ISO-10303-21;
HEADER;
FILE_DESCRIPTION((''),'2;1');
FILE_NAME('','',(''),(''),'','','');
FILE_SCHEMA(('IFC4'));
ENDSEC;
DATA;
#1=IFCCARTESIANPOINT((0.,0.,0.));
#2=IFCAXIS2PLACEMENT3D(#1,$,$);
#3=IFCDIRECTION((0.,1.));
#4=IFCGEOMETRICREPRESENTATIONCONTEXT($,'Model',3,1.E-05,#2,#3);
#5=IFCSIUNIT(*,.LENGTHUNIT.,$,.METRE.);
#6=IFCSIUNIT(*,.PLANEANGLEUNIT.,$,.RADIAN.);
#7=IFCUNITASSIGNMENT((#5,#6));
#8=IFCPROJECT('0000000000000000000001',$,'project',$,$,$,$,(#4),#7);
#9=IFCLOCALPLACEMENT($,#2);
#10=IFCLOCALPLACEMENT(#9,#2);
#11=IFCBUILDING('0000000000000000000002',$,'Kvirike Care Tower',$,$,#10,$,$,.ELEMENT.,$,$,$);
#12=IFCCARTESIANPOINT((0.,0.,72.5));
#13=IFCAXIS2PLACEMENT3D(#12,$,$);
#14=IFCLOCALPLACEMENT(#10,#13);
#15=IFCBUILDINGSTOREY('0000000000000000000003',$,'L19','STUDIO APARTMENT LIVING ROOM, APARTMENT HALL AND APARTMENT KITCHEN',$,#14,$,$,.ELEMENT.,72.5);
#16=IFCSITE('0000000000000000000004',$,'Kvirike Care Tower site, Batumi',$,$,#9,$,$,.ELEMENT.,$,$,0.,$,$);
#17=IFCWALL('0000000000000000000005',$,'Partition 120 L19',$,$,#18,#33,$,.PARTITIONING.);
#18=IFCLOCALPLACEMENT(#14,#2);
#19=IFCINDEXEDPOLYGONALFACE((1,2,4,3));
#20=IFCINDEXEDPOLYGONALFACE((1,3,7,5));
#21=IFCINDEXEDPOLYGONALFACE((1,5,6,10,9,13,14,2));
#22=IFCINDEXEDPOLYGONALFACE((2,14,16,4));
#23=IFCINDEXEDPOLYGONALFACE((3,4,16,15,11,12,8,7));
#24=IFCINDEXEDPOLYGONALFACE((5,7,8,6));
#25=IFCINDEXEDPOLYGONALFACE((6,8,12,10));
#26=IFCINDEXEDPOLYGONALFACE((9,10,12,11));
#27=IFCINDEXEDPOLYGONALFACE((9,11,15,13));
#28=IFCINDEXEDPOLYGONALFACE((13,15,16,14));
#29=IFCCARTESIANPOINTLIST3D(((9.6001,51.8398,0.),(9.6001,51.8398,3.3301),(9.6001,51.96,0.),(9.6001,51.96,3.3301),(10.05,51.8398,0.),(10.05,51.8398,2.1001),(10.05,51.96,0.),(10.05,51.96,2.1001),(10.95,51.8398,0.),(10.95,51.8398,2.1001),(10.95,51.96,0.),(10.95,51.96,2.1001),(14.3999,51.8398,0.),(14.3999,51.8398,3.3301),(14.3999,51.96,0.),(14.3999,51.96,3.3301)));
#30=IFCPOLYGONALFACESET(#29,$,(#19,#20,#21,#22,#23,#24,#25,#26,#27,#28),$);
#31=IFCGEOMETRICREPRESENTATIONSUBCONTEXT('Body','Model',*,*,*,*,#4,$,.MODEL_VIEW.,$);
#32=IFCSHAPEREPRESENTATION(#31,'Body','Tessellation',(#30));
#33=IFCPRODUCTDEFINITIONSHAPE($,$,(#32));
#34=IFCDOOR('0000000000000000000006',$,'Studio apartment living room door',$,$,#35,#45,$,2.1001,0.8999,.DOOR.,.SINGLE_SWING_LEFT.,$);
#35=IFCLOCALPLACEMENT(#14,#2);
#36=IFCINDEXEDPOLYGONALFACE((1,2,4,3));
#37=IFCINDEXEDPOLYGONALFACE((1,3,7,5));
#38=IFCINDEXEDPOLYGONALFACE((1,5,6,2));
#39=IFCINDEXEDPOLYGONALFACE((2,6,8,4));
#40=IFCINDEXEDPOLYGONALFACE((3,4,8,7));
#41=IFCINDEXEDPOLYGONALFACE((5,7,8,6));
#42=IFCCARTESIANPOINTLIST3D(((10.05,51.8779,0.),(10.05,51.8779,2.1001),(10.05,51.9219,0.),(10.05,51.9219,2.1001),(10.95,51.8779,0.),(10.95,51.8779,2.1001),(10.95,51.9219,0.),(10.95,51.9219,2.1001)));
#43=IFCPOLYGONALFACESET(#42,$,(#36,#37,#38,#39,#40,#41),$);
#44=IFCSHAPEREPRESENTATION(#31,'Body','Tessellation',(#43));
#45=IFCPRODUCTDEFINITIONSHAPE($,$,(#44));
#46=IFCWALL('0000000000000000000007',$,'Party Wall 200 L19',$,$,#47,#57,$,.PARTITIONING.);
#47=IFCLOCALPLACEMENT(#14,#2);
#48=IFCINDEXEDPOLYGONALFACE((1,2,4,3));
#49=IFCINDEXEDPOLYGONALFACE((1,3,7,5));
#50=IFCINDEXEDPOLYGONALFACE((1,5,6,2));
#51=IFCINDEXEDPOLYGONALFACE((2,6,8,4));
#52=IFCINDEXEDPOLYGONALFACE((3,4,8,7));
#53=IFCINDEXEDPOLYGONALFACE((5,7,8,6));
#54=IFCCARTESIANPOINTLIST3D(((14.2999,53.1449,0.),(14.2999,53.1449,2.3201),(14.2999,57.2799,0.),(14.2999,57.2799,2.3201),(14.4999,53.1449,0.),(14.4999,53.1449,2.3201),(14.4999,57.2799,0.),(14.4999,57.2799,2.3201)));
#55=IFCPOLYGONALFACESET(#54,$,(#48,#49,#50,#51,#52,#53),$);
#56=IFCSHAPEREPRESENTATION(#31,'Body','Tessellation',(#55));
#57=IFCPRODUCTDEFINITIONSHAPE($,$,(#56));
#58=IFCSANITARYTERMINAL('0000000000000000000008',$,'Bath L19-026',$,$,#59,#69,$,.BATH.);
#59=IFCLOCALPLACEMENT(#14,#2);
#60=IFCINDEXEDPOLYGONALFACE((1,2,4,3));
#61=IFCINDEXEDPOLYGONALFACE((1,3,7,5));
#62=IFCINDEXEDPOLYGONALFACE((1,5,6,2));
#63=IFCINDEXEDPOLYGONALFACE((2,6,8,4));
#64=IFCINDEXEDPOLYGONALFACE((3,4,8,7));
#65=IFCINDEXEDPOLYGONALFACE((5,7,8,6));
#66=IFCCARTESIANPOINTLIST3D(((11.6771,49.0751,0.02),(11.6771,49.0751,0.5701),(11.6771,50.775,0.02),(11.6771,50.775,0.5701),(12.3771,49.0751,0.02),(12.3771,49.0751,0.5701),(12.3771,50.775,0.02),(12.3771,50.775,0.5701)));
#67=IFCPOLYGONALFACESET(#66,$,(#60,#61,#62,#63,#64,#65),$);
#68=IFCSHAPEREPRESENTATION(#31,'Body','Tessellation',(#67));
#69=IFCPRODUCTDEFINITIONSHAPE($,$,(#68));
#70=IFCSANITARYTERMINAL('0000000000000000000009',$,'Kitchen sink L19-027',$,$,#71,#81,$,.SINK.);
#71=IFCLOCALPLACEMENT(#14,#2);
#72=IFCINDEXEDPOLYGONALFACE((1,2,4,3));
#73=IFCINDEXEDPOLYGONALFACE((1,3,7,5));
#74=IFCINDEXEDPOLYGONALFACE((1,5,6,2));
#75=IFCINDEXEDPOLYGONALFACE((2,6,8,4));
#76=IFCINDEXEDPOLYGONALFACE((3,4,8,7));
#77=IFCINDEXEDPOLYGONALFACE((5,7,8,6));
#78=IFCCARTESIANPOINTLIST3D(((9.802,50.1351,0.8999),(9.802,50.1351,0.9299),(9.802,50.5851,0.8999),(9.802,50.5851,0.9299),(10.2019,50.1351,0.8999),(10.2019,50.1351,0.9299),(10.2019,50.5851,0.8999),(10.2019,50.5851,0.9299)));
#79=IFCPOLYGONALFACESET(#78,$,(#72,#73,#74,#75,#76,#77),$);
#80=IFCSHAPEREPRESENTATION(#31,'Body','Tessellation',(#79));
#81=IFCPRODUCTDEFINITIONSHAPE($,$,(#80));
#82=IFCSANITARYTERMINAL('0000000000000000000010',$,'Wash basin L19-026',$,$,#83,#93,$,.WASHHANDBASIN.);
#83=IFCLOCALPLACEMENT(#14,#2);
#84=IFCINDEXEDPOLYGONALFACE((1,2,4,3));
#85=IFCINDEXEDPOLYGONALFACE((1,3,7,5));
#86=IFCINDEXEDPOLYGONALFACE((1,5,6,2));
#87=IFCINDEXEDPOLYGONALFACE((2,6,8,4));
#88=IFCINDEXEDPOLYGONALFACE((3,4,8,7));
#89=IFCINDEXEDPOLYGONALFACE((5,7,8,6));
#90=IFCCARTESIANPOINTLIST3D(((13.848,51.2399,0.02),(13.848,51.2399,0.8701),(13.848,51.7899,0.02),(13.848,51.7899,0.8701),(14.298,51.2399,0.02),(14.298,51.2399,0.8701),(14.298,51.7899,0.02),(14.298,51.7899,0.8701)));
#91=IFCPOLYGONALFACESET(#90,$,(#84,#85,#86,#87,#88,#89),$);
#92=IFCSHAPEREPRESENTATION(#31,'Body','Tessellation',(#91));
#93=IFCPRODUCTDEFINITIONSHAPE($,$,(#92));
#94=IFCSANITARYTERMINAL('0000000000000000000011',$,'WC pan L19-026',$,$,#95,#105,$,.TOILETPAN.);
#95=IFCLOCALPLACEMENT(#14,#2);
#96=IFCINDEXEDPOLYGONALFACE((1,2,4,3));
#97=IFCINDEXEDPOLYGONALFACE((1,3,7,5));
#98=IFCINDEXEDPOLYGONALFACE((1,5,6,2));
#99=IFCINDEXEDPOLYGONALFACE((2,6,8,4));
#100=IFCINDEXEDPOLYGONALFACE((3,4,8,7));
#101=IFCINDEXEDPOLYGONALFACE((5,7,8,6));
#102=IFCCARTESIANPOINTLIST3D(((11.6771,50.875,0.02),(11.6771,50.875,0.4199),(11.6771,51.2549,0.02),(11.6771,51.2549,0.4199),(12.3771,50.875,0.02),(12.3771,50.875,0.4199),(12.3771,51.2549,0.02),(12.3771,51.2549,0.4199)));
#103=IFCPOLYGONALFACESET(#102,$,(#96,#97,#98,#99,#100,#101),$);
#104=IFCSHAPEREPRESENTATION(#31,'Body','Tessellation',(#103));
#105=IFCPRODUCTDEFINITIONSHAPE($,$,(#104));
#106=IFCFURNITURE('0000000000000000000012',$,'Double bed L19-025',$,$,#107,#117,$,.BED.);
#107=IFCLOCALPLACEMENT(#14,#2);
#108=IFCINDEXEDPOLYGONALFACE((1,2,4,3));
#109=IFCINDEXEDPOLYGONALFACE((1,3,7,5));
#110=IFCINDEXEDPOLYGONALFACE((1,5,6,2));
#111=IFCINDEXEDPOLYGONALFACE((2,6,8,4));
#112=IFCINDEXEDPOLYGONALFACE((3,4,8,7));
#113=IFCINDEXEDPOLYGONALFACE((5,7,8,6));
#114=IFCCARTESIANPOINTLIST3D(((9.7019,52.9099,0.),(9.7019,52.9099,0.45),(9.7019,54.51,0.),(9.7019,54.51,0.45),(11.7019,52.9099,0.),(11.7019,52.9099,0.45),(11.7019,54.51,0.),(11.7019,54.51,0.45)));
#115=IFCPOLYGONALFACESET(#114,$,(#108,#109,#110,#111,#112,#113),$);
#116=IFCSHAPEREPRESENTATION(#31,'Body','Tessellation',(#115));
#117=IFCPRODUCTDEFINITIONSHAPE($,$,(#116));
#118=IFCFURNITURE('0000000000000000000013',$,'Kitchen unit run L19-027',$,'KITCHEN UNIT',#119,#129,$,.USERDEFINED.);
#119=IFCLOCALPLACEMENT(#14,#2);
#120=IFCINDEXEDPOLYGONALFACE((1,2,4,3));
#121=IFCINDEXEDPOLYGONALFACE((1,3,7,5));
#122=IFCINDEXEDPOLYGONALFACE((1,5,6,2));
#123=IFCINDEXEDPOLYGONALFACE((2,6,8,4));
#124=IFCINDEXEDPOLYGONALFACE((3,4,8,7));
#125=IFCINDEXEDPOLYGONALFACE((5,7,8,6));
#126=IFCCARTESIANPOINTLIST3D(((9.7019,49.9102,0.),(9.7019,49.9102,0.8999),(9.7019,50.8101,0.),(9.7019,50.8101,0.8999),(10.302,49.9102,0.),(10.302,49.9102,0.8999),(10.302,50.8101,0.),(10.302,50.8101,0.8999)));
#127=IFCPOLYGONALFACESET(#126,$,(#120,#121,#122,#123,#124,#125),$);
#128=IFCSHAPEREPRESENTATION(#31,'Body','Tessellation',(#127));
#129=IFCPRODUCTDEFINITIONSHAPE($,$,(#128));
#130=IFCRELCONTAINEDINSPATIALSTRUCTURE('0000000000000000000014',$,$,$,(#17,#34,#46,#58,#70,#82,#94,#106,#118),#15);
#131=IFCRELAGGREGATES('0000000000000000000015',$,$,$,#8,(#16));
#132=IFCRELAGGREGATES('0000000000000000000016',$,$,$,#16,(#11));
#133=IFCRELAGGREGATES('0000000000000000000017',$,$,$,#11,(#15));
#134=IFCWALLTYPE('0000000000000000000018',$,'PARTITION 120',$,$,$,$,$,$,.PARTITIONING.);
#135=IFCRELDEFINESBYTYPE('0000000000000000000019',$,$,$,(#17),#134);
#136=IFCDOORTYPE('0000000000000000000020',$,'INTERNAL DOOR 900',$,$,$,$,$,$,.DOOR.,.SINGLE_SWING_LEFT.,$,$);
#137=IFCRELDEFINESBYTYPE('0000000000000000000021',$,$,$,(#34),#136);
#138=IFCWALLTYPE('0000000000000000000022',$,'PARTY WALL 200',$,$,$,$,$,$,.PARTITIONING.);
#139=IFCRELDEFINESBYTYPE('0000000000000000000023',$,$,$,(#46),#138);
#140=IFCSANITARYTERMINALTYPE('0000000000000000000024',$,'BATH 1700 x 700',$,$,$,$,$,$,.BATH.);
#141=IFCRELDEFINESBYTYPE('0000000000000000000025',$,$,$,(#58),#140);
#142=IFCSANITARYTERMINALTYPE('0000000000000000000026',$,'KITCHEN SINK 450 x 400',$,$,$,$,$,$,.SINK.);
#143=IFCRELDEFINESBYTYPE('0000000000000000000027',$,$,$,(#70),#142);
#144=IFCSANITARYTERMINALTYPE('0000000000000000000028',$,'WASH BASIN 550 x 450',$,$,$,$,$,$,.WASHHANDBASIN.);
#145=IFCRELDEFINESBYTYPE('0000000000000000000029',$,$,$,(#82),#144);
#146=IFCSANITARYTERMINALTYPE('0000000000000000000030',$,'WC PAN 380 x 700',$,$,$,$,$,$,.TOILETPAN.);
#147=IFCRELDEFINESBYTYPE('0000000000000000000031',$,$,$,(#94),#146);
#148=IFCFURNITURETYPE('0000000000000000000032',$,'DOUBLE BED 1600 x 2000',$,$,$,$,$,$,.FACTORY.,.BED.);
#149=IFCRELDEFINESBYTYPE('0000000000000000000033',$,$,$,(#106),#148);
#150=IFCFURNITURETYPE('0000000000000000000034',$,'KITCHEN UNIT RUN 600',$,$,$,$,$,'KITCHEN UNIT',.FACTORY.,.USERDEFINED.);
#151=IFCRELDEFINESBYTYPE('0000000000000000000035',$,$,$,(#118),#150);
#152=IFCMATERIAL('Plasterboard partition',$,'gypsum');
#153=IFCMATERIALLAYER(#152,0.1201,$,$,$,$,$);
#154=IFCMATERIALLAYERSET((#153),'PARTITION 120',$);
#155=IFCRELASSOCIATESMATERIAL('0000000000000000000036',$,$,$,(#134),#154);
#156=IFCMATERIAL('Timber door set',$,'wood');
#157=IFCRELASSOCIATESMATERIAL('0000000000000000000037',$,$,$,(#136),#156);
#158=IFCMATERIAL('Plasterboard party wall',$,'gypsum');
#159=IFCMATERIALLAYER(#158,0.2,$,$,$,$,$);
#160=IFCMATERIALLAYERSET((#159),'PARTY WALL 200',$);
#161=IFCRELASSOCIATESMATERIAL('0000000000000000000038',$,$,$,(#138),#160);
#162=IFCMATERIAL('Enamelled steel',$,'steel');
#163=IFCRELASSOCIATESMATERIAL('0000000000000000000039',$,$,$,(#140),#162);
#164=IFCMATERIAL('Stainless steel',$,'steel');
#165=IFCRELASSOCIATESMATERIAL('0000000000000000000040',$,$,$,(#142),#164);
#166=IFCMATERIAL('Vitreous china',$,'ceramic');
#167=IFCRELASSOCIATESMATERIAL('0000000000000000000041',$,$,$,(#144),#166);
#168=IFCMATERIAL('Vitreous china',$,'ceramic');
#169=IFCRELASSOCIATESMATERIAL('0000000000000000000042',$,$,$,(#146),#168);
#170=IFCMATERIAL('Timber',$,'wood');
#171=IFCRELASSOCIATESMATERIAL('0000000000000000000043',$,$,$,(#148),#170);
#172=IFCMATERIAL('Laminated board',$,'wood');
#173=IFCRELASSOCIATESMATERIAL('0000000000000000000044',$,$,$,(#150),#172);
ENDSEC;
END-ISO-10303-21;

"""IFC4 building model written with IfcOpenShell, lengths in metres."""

from ifc_helpers import new_model, si_unit, direction, frame, frame_2d, origin, origin_2d, place, context, subcontext, project, spatial, rectangle, extrude, material, layer, layer_set, type_object, element, fill, save


model = new_model("IFC4")

# Units and contexts
model_context = context("Model", 3, precision=1e-05, world=origin(), true_north=direction((0.0, 1.0)))
body_context = subcontext(model_context, "Body", "Model", "MODEL_VIEW")
ifc_project = project(units=[si_unit("LENGTHUNIT", "METRE"), si_unit("PLANEANGLEUNIT", "RADIAN")], contexts=[model_context])

# Site, building, storey
site_placement = place(None, origin())
site = spatial("IfcSite", under=ifc_project, at=site_placement, Name="Kvirike Care Tower site, Batumi", CompositionType="ELEMENT", RefElevation=0.0)
building_placement = place(site_placement, origin())
building = spatial("IfcBuilding", under=site, at=building_placement, Name="Kvirike Care Tower", CompositionType="ELEMENT")
storey_placement = place(building_placement, frame((0.0, 0.0, 72.5)))
storey = spatial("IfcBuildingStorey", under=building, at=storey_placement, Name="L19", Description="STUDIO APARTMENT LIVING ROOM, APARTMENT HALL AND APARTMENT KITCHEN", CompositionType="ELEMENT", Elevation=72.5)

# Wall, opening, door
ifc_material_1 = material(Name="Plasterboard partition", Category="gypsum")
ifc_layer_1 = layer(ifc_material_1, 0.1201)
ifc_layer_set_1 = layer_set([ifc_layer_1], Name="PARTITION 120")
wall_type_1 = type_object("IfcWallType", Name="PARTITION 120", PredefinedType="PARTITIONING", material=ifc_layer_set_1)
ifc_material_2 = material(Name="Timber door set", Category="wood")
door_type_1 = type_object("IfcDoorType", Name="INTERNAL DOOR 900", OperationType="SINGLE_SWING_LEFT", PredefinedType="DOOR", material=ifc_material_2)
wall_1_placement = place(storey_placement, frame((14.3999, 51.8999, 0.0), z_axis=(0.0, 0.0, 1.0), x_axis=(-1.0, 0.0, 0.0)))
wall_1 = element("IfcWall", 1, at=wall_1_placement, inside=storey, type_object=wall_type_1, Name="Partition 120 L19", PredefinedType="PARTITIONING", context=body_context, shape_type="SweptSolid", body=[
    extrude(rectangle(XDim=4.7998, YDim=0.1201, at=frame_2d((2.3999, 0.0))), origin(), (0.0, 0.0, 1.0), 3.3301),
])
opening_1_placement = place(wall_1_placement, frame((3.45, 0.0, 0.0)))
opening_1 = element("IfcOpeningElement", 2, at=opening_1_placement, cuts=wall_1, PredefinedType="OPENING", context=body_context, shape_type="SweptSolid", body=[
    extrude(rectangle(XDim=0.8999, YDim=2.1001, at=frame_2d((0.45, 1.05))), frame((0.0, 0.0706, 0.0), z_axis=(0.0, -1.0, 0.0), x_axis=(1.0, 0.0, 0.0)), (0.0, 0.0, 1.0), 0.1411),
])
door_1_placement = place(opening_1_placement, origin())
door_1 = element("IfcDoor", 3, at=door_1_placement, inside=storey, type_object=door_type_1, Name="Studio apartment living room door", OperationType="SINGLE_SWING_LEFT", OverallHeight=2.1001, OverallWidth=0.8999, PredefinedType="DOOR", context=body_context, shape_type="SweptSolid", body=[
    extrude(rectangle(XDim=0.8999, YDim=2.1001, at=frame_2d((0.45, 1.05))), frame((0.0, 0.022, 0.0), z_axis=(0.0, -1.0, 0.0), x_axis=(1.0, 0.0, 0.0)), (0.0, 0.0, 1.0), 0.0439),
])
fill(opening_1, door_1)

# Wall
ifc_material_3 = material(Name="Plasterboard party wall", Category="gypsum")
ifc_layer_2 = layer(ifc_material_3, 0.2)
ifc_layer_set_2 = layer_set([ifc_layer_2], Name="PARTY WALL 200")
wall_type_2 = type_object("IfcWallType", Name="PARTY WALL 200", PredefinedType="PARTITIONING", material=ifc_layer_set_2)
wall_2_placement = place(storey_placement, frame((14.3999, 53.145, 0.0), z_axis=(0.0, 0.0, 1.0), x_axis=(0.0, 1.0, 0.0)))
element("IfcWall", 4, at=wall_2_placement, inside=storey, type_object=wall_type_2, Name="Party Wall 200 L19", PredefinedType="PARTITIONING", context=body_context, shape_type="SweptSolid", body=[
    extrude(rectangle(XDim=4.135, YDim=0.2, at=frame_2d((2.0674, 0.0))), origin(), (0.0, 0.0, 1.0), 2.3201),
])

# Sanitary terminals
ifc_material_4 = material(Name="Enamelled steel", Category="steel")
sanitary_terminal_type_1 = type_object("IfcSanitaryTerminalType", Name="BATH 1700 x 700", PredefinedType="BATH", material=ifc_material_4)
sanitary_terminal_1_placement = place(storey_placement, frame((12.0271, 49.925, 0.02), z_axis=(0.0, 0.0, 1.0), x_axis=(0.0, 1.0, 0.0)))
element("IfcSanitaryTerminal", 5, at=sanitary_terminal_1_placement, inside=storey, type_object=sanitary_terminal_type_1, Name="Bath L19-026", PredefinedType="BATH", context=body_context, shape_type="SweptSolid", body=[
    extrude(rectangle(XDim=1.7, YDim=0.7, at=origin_2d()), origin(), (0.0, 0.0, 1.0), 0.55),
])
ifc_material_5 = material(Name="Stainless steel", Category="steel")
sanitary_terminal_type_2 = type_object("IfcSanitaryTerminalType", Name="KITCHEN SINK 450 x 400", PredefinedType="SINK", material=ifc_material_5)
sanitary_terminal_2_placement = place(storey_placement, frame((10.002, 50.3601, 0.8999), z_axis=(0.0, 0.0, 1.0), x_axis=(0.0, 1.0, 0.0)))
element("IfcSanitaryTerminal", 6, at=sanitary_terminal_2_placement, inside=storey, type_object=sanitary_terminal_type_2, Name="Kitchen sink L19-027", PredefinedType="SINK", context=body_context, shape_type="SweptSolid", body=[
    extrude(rectangle(XDim=0.45, YDim=0.3999, at=origin_2d()), origin(), (0.0, 0.0, 1.0), 0.03),
])
ifc_material_6 = material(Name="Vitreous china", Category="ceramic")
sanitary_terminal_type_3 = type_object("IfcSanitaryTerminalType", Name="WASH BASIN 550 x 450", PredefinedType="WASHHANDBASIN", material=ifc_material_6)
sanitary_terminal_3_placement = place(storey_placement, frame((14.073, 51.5149, 0.02), z_axis=(0.0, 0.0, 1.0), x_axis=(0.0, -1.0, 0.0)))
element("IfcSanitaryTerminal", 7, at=sanitary_terminal_3_placement, inside=storey, type_object=sanitary_terminal_type_3, Name="Wash basin L19-026", PredefinedType="WASHHANDBASIN", context=body_context, shape_type="SweptSolid", body=[
    extrude(rectangle(XDim=0.55, YDim=0.45, at=origin_2d()), origin(), (0.0, 0.0, 1.0), 0.8501),
])
ifc_material_7 = material(Name="Vitreous china", Category="ceramic")
sanitary_terminal_type_4 = type_object("IfcSanitaryTerminalType", Name="WC PAN 380 x 700", PredefinedType="TOILETPAN", material=ifc_material_7)
sanitary_terminal_4_placement = place(storey_placement, frame((12.0271, 51.0649, 0.02), z_axis=(0.0, 0.0, 1.0), x_axis=(0.0, 1.0, 0.0)))
element("IfcSanitaryTerminal", 8, at=sanitary_terminal_4_placement, inside=storey, type_object=sanitary_terminal_type_4, Name="WC pan L19-026", PredefinedType="TOILETPAN", context=body_context, shape_type="SweptSolid", body=[
    extrude(rectangle(XDim=0.3799, YDim=0.7, at=origin_2d()), origin(), (0.0, 0.0, 1.0), 0.3999),
])

# Furniture
ifc_material_8 = material(Name="Timber", Category="wood")
furniture_type_1 = type_object("IfcFurnitureType", Name="DOUBLE BED 1600 x 2000", AssemblyPlace="FACTORY", PredefinedType="BED", material=ifc_material_8)
furniture_1_placement = place(storey_placement, frame((10.7019, 53.71, 0.0), z_axis=(0.0, 0.0, 1.0), x_axis=(0.0, 1.0, 0.0)))
element("IfcFurniture", 9, at=furniture_1_placement, inside=storey, type_object=furniture_type_1, Name="Double bed L19-025", PredefinedType="BED", context=body_context, shape_type="SweptSolid", body=[
    extrude(rectangle(XDim=1.6001, YDim=2.0, at=origin_2d()), origin(), (0.0, 0.0, 1.0), 0.45),
])
ifc_material_9 = material(Name="Laminated board", Category="wood")
furniture_type_2 = type_object("IfcFurnitureType", Name="KITCHEN UNIT RUN 600", ElementType="KITCHEN UNIT", AssemblyPlace="FACTORY", PredefinedType="USERDEFINED", material=ifc_material_9)
furniture_2_placement = place(storey_placement, frame((10.002, 50.3601, 0.0), z_axis=(0.0, 0.0, 1.0), x_axis=(0.0, 1.0, 0.0)))
element("IfcFurniture", 10, at=furniture_2_placement, inside=storey, type_object=furniture_type_2, Name="Kitchen unit run L19-027", ObjectType="KITCHEN UNIT", PredefinedType="USERDEFINED", context=body_context, shape_type="SweptSolid", body=[
    extrude(rectangle(XDim=0.8999, YDim=0.6001, at=origin_2d()), origin(), (0.0, 0.0, 1.0), 0.8999),
])

save(model, "model.ifc")
